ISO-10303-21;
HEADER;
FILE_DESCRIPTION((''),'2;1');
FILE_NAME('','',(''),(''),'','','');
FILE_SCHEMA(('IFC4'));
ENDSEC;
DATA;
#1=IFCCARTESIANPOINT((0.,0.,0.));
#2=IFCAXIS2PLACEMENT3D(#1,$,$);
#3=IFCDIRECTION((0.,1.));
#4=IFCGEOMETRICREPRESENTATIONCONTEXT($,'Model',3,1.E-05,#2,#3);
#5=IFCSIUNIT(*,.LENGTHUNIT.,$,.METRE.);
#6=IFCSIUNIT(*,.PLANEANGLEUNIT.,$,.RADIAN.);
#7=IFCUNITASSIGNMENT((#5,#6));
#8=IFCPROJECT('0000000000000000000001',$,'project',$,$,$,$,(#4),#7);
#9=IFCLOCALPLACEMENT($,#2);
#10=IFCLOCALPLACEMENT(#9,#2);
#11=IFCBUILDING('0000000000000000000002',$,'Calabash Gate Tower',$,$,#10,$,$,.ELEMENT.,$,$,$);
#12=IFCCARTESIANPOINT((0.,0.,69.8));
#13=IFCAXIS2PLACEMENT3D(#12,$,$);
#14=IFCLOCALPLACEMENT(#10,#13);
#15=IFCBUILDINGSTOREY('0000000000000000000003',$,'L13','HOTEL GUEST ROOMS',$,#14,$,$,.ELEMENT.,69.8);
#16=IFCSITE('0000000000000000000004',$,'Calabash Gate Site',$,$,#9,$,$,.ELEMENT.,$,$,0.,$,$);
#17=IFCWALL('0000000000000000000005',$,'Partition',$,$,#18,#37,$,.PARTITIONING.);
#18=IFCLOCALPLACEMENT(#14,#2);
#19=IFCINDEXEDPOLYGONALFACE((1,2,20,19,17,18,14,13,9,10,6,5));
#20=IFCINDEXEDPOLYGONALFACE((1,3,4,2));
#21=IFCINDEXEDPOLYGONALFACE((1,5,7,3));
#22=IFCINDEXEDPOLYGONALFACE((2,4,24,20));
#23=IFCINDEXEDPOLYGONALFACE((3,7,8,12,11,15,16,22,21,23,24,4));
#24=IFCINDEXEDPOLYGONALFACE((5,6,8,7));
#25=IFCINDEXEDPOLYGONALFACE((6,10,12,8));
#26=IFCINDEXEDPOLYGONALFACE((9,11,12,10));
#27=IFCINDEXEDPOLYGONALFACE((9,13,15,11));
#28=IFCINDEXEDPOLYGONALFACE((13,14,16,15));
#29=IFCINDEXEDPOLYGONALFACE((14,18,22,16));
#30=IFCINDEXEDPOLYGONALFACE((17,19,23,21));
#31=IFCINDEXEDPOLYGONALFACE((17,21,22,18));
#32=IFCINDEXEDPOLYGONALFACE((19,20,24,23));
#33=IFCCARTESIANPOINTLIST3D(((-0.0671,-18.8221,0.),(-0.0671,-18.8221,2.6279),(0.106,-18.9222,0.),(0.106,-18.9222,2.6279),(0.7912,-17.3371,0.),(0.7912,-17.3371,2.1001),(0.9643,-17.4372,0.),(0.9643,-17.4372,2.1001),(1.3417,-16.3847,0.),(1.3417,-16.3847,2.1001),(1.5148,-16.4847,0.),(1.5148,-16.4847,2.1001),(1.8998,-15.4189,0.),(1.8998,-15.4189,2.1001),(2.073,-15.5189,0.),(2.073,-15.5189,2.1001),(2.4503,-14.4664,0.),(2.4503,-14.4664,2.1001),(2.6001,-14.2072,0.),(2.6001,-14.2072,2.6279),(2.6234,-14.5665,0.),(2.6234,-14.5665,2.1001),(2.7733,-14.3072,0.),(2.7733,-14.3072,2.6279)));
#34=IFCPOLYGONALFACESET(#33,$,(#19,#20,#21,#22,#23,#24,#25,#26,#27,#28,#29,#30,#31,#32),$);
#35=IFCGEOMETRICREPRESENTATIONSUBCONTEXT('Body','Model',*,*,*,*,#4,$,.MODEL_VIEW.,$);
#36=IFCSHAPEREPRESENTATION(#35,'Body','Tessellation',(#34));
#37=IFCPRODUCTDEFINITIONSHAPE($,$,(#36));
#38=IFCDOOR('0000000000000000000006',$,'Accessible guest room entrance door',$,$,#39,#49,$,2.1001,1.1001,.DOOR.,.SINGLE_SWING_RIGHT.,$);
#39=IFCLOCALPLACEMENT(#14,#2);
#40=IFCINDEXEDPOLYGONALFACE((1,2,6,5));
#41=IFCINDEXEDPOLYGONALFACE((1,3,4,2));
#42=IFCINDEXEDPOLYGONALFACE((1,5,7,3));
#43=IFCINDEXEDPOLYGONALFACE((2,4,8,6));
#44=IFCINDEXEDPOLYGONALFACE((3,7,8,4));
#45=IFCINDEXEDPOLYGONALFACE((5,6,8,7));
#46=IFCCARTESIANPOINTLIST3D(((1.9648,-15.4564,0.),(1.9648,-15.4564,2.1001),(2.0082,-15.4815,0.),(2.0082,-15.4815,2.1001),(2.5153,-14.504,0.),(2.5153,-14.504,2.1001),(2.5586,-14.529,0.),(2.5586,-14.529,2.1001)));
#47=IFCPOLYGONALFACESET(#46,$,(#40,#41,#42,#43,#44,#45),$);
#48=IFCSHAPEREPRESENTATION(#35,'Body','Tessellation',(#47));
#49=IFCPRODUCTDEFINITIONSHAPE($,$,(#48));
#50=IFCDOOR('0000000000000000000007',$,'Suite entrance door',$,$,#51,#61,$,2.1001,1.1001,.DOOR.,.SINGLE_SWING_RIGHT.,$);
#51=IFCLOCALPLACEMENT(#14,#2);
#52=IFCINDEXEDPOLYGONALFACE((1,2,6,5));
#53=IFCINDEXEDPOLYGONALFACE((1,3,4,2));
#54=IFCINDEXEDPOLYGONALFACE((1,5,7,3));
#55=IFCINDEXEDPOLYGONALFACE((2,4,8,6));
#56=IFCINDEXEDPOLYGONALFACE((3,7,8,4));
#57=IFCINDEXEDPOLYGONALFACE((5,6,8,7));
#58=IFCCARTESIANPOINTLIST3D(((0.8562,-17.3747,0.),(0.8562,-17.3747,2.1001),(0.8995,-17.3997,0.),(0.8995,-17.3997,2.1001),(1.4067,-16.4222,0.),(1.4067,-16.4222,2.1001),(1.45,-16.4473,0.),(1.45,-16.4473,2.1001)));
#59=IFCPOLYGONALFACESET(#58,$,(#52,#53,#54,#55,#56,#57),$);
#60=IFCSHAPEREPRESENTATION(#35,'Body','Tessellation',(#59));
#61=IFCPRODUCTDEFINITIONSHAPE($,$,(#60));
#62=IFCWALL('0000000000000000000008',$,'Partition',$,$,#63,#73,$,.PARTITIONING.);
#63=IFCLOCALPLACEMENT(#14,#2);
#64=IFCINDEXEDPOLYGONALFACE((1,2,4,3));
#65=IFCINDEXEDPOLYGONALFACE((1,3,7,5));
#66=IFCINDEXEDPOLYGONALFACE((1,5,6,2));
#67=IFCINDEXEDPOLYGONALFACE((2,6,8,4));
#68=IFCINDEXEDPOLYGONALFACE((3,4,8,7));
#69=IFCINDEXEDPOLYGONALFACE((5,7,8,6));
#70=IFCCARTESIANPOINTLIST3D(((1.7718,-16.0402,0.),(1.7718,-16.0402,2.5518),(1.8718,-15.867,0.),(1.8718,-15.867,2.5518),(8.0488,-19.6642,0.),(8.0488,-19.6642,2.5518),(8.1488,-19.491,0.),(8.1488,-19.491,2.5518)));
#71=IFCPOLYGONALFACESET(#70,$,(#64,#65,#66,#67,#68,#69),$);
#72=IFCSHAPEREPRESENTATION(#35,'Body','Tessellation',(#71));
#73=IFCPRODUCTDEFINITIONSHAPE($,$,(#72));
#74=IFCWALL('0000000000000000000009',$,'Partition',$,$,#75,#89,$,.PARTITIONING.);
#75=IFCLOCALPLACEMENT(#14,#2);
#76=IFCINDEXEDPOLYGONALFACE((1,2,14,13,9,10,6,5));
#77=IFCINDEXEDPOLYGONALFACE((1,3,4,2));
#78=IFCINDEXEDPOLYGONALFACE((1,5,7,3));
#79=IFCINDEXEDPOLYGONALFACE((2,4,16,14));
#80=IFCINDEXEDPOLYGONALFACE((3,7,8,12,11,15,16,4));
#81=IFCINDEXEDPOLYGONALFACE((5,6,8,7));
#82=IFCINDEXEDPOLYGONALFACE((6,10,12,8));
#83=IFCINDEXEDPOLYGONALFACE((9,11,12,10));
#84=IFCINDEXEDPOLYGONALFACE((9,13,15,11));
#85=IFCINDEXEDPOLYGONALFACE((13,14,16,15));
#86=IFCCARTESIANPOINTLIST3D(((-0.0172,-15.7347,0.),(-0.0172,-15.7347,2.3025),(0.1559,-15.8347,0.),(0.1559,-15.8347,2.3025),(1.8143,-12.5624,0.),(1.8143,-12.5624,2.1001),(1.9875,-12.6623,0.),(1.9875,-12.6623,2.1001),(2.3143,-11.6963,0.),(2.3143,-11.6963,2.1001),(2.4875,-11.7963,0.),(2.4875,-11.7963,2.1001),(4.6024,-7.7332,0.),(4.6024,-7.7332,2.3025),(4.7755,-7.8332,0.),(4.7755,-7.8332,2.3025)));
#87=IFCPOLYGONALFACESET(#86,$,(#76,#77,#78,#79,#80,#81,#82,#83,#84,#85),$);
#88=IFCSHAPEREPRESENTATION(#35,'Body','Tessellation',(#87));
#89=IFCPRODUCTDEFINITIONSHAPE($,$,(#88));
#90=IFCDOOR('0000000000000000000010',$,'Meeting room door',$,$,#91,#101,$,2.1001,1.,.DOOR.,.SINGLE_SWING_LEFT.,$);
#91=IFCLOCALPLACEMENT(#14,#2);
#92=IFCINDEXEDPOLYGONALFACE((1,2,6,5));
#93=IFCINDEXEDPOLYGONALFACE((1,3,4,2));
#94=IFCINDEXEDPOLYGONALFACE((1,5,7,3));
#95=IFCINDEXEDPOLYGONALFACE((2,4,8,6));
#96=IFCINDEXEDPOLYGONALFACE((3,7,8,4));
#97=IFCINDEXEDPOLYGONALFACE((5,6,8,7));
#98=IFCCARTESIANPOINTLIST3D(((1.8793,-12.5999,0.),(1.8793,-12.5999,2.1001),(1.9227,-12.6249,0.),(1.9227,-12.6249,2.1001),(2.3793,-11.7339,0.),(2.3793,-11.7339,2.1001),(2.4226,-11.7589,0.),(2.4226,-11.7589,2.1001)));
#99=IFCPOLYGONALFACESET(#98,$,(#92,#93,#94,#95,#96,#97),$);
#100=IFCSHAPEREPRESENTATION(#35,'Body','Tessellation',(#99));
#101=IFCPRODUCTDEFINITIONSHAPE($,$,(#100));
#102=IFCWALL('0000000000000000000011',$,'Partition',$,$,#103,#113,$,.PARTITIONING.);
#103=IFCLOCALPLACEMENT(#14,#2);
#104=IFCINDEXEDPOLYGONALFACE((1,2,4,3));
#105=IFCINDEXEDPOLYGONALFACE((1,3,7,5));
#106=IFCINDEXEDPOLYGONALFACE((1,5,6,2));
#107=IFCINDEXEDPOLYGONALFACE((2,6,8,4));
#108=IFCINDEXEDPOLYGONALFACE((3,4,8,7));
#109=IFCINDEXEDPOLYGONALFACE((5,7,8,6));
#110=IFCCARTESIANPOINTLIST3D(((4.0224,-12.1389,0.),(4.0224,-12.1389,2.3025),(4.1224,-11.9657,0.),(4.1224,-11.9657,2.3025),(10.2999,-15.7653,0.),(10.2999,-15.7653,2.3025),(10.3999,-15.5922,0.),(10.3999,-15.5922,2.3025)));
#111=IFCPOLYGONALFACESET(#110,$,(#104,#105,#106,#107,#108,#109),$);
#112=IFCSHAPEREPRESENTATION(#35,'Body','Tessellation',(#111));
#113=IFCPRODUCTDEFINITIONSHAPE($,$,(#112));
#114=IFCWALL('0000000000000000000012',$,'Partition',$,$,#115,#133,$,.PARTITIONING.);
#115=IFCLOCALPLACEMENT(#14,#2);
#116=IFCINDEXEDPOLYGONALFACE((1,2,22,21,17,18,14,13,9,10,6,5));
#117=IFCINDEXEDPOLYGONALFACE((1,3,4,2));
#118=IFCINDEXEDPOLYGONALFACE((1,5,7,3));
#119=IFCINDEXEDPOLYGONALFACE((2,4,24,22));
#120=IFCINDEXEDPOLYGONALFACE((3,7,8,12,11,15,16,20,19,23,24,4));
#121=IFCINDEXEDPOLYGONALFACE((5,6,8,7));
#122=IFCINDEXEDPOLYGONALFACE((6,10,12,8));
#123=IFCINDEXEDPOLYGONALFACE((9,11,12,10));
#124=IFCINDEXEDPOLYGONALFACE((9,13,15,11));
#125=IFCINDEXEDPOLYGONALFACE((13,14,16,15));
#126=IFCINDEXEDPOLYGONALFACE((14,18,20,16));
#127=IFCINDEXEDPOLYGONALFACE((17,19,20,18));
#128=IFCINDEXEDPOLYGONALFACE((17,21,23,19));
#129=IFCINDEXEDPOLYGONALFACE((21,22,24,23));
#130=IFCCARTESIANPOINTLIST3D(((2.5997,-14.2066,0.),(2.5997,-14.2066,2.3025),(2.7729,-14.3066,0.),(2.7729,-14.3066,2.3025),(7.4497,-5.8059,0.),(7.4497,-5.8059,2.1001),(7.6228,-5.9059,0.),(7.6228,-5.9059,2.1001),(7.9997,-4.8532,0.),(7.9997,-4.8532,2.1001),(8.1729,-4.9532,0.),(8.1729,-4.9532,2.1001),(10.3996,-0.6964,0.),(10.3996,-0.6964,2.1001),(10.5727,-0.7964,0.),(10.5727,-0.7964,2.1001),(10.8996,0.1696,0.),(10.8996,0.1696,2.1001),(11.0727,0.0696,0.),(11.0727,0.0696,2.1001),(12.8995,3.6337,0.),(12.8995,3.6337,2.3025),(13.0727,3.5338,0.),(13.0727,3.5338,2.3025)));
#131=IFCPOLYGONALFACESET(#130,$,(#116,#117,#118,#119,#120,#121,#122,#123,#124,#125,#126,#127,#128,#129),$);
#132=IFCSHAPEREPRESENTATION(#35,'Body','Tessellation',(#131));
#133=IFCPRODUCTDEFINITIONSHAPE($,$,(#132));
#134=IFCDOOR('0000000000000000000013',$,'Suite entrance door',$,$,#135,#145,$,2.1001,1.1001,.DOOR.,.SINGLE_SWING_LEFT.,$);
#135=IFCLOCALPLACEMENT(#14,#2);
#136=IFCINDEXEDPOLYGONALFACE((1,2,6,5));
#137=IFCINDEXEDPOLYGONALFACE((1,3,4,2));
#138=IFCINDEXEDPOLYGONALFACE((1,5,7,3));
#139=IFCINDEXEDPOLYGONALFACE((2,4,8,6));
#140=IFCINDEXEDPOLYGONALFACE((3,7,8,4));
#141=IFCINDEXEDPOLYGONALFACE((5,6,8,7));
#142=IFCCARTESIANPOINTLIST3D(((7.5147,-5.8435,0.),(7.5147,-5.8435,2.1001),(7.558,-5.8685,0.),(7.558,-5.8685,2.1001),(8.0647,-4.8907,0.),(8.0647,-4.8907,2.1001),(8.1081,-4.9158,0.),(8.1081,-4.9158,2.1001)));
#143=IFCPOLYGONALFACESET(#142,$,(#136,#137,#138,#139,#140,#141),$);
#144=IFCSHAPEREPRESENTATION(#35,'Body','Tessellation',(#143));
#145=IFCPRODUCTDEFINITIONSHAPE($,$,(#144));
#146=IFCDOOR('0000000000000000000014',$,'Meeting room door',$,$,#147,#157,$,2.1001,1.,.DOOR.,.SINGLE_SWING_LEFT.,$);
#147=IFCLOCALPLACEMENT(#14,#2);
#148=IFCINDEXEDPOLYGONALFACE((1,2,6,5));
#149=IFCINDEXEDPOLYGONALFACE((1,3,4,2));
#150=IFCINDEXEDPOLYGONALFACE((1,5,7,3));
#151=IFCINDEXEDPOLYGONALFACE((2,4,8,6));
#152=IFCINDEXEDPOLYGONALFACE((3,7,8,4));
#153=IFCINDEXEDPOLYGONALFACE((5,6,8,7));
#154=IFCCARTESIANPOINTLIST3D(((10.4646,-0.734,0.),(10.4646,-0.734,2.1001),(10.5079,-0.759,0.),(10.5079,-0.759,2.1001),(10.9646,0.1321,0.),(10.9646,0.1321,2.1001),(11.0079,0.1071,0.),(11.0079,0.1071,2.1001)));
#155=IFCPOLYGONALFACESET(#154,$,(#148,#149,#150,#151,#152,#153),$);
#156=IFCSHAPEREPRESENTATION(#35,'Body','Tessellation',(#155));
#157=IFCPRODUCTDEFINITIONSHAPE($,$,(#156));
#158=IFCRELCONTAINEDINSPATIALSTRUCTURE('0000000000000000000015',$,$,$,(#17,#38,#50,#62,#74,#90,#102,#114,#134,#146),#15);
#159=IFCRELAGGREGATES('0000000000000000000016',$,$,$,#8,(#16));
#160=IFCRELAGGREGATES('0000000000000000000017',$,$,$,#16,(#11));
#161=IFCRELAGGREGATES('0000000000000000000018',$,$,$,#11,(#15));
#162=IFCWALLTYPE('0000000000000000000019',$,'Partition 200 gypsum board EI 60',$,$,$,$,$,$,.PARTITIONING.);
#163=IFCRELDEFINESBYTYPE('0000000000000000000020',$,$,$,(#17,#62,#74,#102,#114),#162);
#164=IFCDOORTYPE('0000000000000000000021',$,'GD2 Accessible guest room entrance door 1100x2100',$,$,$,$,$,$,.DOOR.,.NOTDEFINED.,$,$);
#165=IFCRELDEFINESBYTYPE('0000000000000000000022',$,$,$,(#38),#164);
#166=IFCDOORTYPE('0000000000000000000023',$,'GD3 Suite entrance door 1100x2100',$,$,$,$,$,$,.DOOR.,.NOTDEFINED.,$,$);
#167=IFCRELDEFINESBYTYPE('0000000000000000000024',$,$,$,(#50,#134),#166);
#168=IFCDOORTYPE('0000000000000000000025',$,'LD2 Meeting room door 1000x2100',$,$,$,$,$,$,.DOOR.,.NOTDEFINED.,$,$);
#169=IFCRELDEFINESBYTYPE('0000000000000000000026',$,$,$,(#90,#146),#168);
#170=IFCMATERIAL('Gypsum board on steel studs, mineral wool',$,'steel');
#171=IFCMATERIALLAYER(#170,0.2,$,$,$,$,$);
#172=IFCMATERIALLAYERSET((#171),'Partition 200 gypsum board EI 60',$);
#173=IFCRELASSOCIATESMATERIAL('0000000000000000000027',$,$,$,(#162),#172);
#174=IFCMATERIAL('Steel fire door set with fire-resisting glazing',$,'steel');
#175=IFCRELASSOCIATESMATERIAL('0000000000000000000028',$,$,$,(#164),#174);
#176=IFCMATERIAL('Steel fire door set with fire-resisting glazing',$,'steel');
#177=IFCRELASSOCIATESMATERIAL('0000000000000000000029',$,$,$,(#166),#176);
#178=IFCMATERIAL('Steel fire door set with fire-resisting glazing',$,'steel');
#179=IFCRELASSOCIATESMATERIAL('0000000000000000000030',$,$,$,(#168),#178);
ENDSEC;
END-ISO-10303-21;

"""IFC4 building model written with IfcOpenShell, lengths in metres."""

from ifc_helpers import new_model, si_unit, direction, frame, frame_2d, origin, place, context, subcontext, project, spatial, rectangle, extrude, material, layer, layer_set, type_object, element, fill, save


model = new_model("IFC4")

# Units and contexts
model_context = context("Model", 3, precision=1e-05, world=origin(), true_north=direction((0.0, 1.0)))
body_context = subcontext(model_context, "Body", "Model", "MODEL_VIEW")
ifc_project = project(units=[si_unit("LENGTHUNIT", "METRE"), si_unit("PLANEANGLEUNIT", "RADIAN")], contexts=[model_context])

# Site, building, storey
site_placement = place(None, origin())
site = spatial("IfcSite", under=ifc_project, at=site_placement, Name="Calabash Gate Site", CompositionType="ELEMENT", RefElevation=0.0)
building_placement = place(site_placement, origin())
building = spatial("IfcBuilding", under=site, at=building_placement, Name="Calabash Gate Tower", CompositionType="ELEMENT")
storey_placement = place(building_placement, frame((0.0, 0.0, 69.8)))
storey = spatial("IfcBuildingStorey", under=building, at=storey_placement, Name="L13", Description="HOTEL GUEST ROOMS", CompositionType="ELEMENT", Elevation=69.8)

# Wall, openings, doors
ifc_material_1 = material(Name="Gypsum board on steel studs, mineral wool", Category="steel")
ifc_layer_1 = layer(ifc_material_1, 0.2)
ifc_layer_set_1 = layer_set([ifc_layer_1], Name="Partition 200 gypsum board EI 60")
wall_type_1 = type_object("IfcWallType", Name="Partition 200 gypsum board EI 60", PredefinedType="PARTITIONING", material=ifc_layer_set_1)
wall_1_placement = place(storey_placement, frame((0.0195, -18.8721, 0.0), z_axis=(0.0, 0.0, 1.0), x_axis=(0.50039, 0.8658, 0.0)))
wall_1 = element("IfcWall", 1, at=wall_1_placement, inside=storey, type_object=wall_type_1, Name="Partition", PredefinedType="PARTITIONING", context=body_context, shape_type="SweptSolid", body=[
    extrude(rectangle(XDim=5.3303, YDim=0.2, at=frame_2d((2.665, 0.0))), origin(), (0.0, 0.0, 1.0), 2.6279),
])
opening_1_placement = place(wall_1_placement, frame((3.9307, 0.0, 0.0)))
opening_1 = element("IfcOpeningElement", 2, at=opening_1_placement, cuts=wall_1, PredefinedType="OPENING", context=body_context, shape_type="SweptSolid", body=[
    extrude(rectangle(XDim=1.1001, YDim=2.1001, at=frame_2d((0.55, 1.05))), frame((0.0, 0.1099, 0.0), z_axis=(0.0, -1.0, 0.0), x_axis=(1.0, 0.0, 0.0)), (0.0, 0.0, 1.0), 0.22),
])
opening_2_placement = place(wall_1_placement, frame((1.7151, 0.0, 0.0)))
opening_2 = element("IfcOpeningElement", 3, at=opening_2_placement, cuts=wall_1, PredefinedType="OPENING", context=body_context, shape_type="SweptSolid", body=[
    extrude(rectangle(XDim=1.1001, YDim=2.1001, at=frame_2d((0.55, 1.05))), frame((0.0, 0.1099, 0.0), z_axis=(0.0, -1.0, 0.0), x_axis=(1.0, 0.0, 0.0)), (0.0, 0.0, 1.0), 0.22),
])
ifc_material_2 = material(Name="Steel fire door set with fire-resisting glazing", Category="steel")
door_type_1 = type_object("IfcDoorType", Name="GD2 Accessible guest room entrance door 1100x2100", OperationType="NOTDEFINED", PredefinedType="DOOR", material=ifc_material_2)
door_1_placement = place(opening_1_placement, origin())
door_1 = element("IfcDoor", 4, at=door_1_placement, inside=storey, type_object=door_type_1, Name="Accessible guest room entrance door", OperationType="SINGLE_SWING_RIGHT", OverallHeight=2.1001, OverallWidth=1.1001, PredefinedType="DOOR", context=body_context, shape_type="SweptSolid", body=[
    extrude(rectangle(XDim=1.1001, YDim=2.1001, at=frame_2d((0.55, 1.05))), frame((0.0, 0.0249, 0.0), z_axis=(0.0, -1.0, 0.0), x_axis=(1.0, 0.0, 0.0)), (0.0, 0.0, 1.0), 0.05),
])
fill(opening_1, door_1)
ifc_material_3 = material(Name="Steel fire door set with fire-resisting glazing", Category="steel")
door_type_2 = type_object("IfcDoorType", Name="GD3 Suite entrance door 1100x2100", OperationType="NOTDEFINED", PredefinedType="DOOR", material=ifc_material_3)
door_2_placement = place(opening_2_placement, origin())
door_2 = element("IfcDoor", 5, at=door_2_placement, inside=storey, type_object=door_type_2, Name="Suite entrance door", OperationType="SINGLE_SWING_RIGHT", OverallHeight=2.1001, OverallWidth=1.1001, PredefinedType="DOOR", context=body_context, shape_type="SweptSolid", body=[
    extrude(rectangle(XDim=1.1001, YDim=2.1001, at=frame_2d((0.55, 1.05))), frame((0.0, 0.0249, 0.0), z_axis=(0.0, -1.0, 0.0), x_axis=(1.0, 0.0, 0.0)), (0.0, 0.0, 1.0), 0.05),
])
fill(opening_2, door_2)

# Wall
wall_2_placement = place(storey_placement, frame((1.8218, -15.9536, 0.0), z_axis=(0.0, 0.0, 1.0), x_axis=(0.866029, -0.499994, 0.0)))
element("IfcWall", 6, at=wall_2_placement, inside=storey, type_object=wall_type_1, Name="Partition", PredefinedType="PARTITIONING", context=body_context, shape_type="SweptSolid", body=[
    extrude(rectangle(XDim=7.248, YDim=0.2, at=frame_2d((3.624, 0.0))), origin(), (0.0, 0.0, 1.0), 2.5518),
])

# Wall, opening, door
wall_3_placement = place(storey_placement, frame((0.0693, -15.7847, 0.0), z_axis=(0.0, 0.0, 1.0), x_axis=(0.499998, 0.866026, 0.0)))
wall_3 = element("IfcWall", 7, at=wall_3_placement, inside=storey, type_object=wall_type_1, Name="Partition", PredefinedType="PARTITIONING", context=body_context, shape_type="SweptSolid", body=[
    extrude(rectangle(XDim=9.2393, YDim=0.2, at=frame_2d((4.6196, 0.0))), origin(), (0.0, 0.0, 1.0), 2.3025),
])
opening_3_placement = place(wall_3_placement, frame((3.6631, 0.0, 0.0)))
opening_3 = element("IfcOpeningElement", 8, at=opening_3_placement, cuts=wall_3, PredefinedType="OPENING", context=body_context, shape_type="SweptSolid", body=[
    extrude(rectangle(XDim=1.0, YDim=2.1001, at=frame_2d((0.5, 1.05))), frame((0.0, 0.1099, 0.0), z_axis=(0.0, -1.0, 0.0), x_axis=(1.0, 0.0, 0.0)), (0.0, 0.0, 1.0), 0.22),
])
ifc_material_4 = material(Name="Steel fire door set with fire-resisting glazing", Category="steel")
door_type_3 = type_object("IfcDoorType", Name="LD2 Meeting room door 1000x2100", OperationType="NOTDEFINED", PredefinedType="DOOR", material=ifc_material_4)
door_3_placement = place(opening_3_placement, origin())
door_3 = element("IfcDoor", 9, at=door_3_placement, inside=storey, type_object=door_type_3, Name="Meeting room door", OperationType="SINGLE_SWING_LEFT", OverallHeight=2.1001, OverallWidth=1.0, PredefinedType="DOOR", context=body_context, shape_type="SweptSolid", body=[
    extrude(rectangle(XDim=1.0, YDim=2.1001, at=frame_2d((0.5, 1.05))), frame((0.0, 0.0249, 0.0), z_axis=(0.0, -1.0, 0.0), x_axis=(1.0, 0.0, 0.0)), (0.0, 0.0, 1.0), 0.05),
])
fill(opening_3, door_3)

# Wall
wall_4_placement = place(storey_placement, frame((4.0723, -12.0522, 0.0), z_axis=(0.0, 0.0, 1.0), x_axis=(0.8659, -0.500217, 0.0)))
element("IfcWall", 10, at=wall_4_placement, inside=storey, type_object=wall_type_1, Name="Partition", PredefinedType="PARTITIONING", context=body_context, shape_type="SweptSolid", body=[
    extrude(rectangle(XDim=7.2498, YDim=0.2, at=frame_2d((3.625, 0.0))), origin(), (0.0, 0.0, 1.0), 2.3025),
])

# Wall, openings, doors
wall_5_placement = place(storey_placement, frame((2.6863, -14.2566, 0.0), z_axis=(0.0, 0.0, 1.0), x_axis=(0.499989, 0.866032, 0.0)))
wall_5 = element("IfcWall", 11, at=wall_5_placement, inside=storey, type_object=wall_type_1, Name="Partition", PredefinedType="PARTITIONING", context=body_context, shape_type="SweptSolid", body=[
    extrude(rectangle(XDim=20.6001, YDim=0.2, at=frame_2d((10.3, 0.0))), origin(), (0.0, 0.0, 1.0), 2.3025),
])
opening_4_placement = place(wall_5_placement, frame((9.7002, 0.0, 0.0)))
opening_4 = element("IfcOpeningElement", 12, at=opening_4_placement, cuts=wall_5, PredefinedType="OPENING", context=body_context, shape_type="SweptSolid", body=[
    extrude(rectangle(XDim=1.1001, YDim=2.1001, at=frame_2d((0.55, 1.05))), frame((0.0, 0.1099, 0.0), z_axis=(0.0, -1.0, 0.0), x_axis=(1.0, 0.0, 0.0)), (0.0, 0.0, 1.0), 0.22),
])
opening_5_placement = place(wall_5_placement, frame((15.6001, 0.0, 0.0)))
opening_5 = element("IfcOpeningElement", 13, at=opening_5_placement, cuts=wall_5, PredefinedType="OPENING", context=body_context, shape_type="SweptSolid", body=[
    extrude(rectangle(XDim=1.0, YDim=2.1001, at=frame_2d((0.5, 1.05))), frame((0.0, 0.1099, 0.0), z_axis=(0.0, -1.0, 0.0), x_axis=(1.0, 0.0, 0.0)), (0.0, 0.0, 1.0), 0.22),
])
door_4_placement = place(opening_4_placement, origin())
door_4 = element("IfcDoor", 14, at=door_4_placement, inside=storey, type_object=door_type_2, Name="Suite entrance door", OperationType="SINGLE_SWING_LEFT", OverallHeight=2.1001, OverallWidth=1.1001, PredefinedType="DOOR", context=body_context, shape_type="SweptSolid", body=[
    extrude(rectangle(XDim=1.1001, YDim=2.1001, at=frame_2d((0.55, 1.05))), frame((0.0, 0.0249, 0.0), z_axis=(0.0, -1.0, 0.0), x_axis=(1.0, 0.0, 0.0)), (0.0, 0.0, 1.0), 0.05),
])
fill(opening_4, door_4)
door_5_placement = place(opening_5_placement, origin())
door_5 = element("IfcDoor", 15, at=door_5_placement, inside=storey, type_object=door_type_3, Name="Meeting room door", OperationType="SINGLE_SWING_LEFT", OverallHeight=2.1001, OverallWidth=1.0, PredefinedType="DOOR", context=body_context, shape_type="SweptSolid", body=[
    extrude(rectangle(XDim=1.0, YDim=2.1001, at=frame_2d((0.5, 1.05))), frame((0.0, 0.0249, 0.0), z_axis=(0.0, -1.0, 0.0), x_axis=(1.0, 0.0, 0.0)), (0.0, 0.0, 1.0), 0.05),
])
fill(opening_5, door_5)

save(model, "model.ifc")
